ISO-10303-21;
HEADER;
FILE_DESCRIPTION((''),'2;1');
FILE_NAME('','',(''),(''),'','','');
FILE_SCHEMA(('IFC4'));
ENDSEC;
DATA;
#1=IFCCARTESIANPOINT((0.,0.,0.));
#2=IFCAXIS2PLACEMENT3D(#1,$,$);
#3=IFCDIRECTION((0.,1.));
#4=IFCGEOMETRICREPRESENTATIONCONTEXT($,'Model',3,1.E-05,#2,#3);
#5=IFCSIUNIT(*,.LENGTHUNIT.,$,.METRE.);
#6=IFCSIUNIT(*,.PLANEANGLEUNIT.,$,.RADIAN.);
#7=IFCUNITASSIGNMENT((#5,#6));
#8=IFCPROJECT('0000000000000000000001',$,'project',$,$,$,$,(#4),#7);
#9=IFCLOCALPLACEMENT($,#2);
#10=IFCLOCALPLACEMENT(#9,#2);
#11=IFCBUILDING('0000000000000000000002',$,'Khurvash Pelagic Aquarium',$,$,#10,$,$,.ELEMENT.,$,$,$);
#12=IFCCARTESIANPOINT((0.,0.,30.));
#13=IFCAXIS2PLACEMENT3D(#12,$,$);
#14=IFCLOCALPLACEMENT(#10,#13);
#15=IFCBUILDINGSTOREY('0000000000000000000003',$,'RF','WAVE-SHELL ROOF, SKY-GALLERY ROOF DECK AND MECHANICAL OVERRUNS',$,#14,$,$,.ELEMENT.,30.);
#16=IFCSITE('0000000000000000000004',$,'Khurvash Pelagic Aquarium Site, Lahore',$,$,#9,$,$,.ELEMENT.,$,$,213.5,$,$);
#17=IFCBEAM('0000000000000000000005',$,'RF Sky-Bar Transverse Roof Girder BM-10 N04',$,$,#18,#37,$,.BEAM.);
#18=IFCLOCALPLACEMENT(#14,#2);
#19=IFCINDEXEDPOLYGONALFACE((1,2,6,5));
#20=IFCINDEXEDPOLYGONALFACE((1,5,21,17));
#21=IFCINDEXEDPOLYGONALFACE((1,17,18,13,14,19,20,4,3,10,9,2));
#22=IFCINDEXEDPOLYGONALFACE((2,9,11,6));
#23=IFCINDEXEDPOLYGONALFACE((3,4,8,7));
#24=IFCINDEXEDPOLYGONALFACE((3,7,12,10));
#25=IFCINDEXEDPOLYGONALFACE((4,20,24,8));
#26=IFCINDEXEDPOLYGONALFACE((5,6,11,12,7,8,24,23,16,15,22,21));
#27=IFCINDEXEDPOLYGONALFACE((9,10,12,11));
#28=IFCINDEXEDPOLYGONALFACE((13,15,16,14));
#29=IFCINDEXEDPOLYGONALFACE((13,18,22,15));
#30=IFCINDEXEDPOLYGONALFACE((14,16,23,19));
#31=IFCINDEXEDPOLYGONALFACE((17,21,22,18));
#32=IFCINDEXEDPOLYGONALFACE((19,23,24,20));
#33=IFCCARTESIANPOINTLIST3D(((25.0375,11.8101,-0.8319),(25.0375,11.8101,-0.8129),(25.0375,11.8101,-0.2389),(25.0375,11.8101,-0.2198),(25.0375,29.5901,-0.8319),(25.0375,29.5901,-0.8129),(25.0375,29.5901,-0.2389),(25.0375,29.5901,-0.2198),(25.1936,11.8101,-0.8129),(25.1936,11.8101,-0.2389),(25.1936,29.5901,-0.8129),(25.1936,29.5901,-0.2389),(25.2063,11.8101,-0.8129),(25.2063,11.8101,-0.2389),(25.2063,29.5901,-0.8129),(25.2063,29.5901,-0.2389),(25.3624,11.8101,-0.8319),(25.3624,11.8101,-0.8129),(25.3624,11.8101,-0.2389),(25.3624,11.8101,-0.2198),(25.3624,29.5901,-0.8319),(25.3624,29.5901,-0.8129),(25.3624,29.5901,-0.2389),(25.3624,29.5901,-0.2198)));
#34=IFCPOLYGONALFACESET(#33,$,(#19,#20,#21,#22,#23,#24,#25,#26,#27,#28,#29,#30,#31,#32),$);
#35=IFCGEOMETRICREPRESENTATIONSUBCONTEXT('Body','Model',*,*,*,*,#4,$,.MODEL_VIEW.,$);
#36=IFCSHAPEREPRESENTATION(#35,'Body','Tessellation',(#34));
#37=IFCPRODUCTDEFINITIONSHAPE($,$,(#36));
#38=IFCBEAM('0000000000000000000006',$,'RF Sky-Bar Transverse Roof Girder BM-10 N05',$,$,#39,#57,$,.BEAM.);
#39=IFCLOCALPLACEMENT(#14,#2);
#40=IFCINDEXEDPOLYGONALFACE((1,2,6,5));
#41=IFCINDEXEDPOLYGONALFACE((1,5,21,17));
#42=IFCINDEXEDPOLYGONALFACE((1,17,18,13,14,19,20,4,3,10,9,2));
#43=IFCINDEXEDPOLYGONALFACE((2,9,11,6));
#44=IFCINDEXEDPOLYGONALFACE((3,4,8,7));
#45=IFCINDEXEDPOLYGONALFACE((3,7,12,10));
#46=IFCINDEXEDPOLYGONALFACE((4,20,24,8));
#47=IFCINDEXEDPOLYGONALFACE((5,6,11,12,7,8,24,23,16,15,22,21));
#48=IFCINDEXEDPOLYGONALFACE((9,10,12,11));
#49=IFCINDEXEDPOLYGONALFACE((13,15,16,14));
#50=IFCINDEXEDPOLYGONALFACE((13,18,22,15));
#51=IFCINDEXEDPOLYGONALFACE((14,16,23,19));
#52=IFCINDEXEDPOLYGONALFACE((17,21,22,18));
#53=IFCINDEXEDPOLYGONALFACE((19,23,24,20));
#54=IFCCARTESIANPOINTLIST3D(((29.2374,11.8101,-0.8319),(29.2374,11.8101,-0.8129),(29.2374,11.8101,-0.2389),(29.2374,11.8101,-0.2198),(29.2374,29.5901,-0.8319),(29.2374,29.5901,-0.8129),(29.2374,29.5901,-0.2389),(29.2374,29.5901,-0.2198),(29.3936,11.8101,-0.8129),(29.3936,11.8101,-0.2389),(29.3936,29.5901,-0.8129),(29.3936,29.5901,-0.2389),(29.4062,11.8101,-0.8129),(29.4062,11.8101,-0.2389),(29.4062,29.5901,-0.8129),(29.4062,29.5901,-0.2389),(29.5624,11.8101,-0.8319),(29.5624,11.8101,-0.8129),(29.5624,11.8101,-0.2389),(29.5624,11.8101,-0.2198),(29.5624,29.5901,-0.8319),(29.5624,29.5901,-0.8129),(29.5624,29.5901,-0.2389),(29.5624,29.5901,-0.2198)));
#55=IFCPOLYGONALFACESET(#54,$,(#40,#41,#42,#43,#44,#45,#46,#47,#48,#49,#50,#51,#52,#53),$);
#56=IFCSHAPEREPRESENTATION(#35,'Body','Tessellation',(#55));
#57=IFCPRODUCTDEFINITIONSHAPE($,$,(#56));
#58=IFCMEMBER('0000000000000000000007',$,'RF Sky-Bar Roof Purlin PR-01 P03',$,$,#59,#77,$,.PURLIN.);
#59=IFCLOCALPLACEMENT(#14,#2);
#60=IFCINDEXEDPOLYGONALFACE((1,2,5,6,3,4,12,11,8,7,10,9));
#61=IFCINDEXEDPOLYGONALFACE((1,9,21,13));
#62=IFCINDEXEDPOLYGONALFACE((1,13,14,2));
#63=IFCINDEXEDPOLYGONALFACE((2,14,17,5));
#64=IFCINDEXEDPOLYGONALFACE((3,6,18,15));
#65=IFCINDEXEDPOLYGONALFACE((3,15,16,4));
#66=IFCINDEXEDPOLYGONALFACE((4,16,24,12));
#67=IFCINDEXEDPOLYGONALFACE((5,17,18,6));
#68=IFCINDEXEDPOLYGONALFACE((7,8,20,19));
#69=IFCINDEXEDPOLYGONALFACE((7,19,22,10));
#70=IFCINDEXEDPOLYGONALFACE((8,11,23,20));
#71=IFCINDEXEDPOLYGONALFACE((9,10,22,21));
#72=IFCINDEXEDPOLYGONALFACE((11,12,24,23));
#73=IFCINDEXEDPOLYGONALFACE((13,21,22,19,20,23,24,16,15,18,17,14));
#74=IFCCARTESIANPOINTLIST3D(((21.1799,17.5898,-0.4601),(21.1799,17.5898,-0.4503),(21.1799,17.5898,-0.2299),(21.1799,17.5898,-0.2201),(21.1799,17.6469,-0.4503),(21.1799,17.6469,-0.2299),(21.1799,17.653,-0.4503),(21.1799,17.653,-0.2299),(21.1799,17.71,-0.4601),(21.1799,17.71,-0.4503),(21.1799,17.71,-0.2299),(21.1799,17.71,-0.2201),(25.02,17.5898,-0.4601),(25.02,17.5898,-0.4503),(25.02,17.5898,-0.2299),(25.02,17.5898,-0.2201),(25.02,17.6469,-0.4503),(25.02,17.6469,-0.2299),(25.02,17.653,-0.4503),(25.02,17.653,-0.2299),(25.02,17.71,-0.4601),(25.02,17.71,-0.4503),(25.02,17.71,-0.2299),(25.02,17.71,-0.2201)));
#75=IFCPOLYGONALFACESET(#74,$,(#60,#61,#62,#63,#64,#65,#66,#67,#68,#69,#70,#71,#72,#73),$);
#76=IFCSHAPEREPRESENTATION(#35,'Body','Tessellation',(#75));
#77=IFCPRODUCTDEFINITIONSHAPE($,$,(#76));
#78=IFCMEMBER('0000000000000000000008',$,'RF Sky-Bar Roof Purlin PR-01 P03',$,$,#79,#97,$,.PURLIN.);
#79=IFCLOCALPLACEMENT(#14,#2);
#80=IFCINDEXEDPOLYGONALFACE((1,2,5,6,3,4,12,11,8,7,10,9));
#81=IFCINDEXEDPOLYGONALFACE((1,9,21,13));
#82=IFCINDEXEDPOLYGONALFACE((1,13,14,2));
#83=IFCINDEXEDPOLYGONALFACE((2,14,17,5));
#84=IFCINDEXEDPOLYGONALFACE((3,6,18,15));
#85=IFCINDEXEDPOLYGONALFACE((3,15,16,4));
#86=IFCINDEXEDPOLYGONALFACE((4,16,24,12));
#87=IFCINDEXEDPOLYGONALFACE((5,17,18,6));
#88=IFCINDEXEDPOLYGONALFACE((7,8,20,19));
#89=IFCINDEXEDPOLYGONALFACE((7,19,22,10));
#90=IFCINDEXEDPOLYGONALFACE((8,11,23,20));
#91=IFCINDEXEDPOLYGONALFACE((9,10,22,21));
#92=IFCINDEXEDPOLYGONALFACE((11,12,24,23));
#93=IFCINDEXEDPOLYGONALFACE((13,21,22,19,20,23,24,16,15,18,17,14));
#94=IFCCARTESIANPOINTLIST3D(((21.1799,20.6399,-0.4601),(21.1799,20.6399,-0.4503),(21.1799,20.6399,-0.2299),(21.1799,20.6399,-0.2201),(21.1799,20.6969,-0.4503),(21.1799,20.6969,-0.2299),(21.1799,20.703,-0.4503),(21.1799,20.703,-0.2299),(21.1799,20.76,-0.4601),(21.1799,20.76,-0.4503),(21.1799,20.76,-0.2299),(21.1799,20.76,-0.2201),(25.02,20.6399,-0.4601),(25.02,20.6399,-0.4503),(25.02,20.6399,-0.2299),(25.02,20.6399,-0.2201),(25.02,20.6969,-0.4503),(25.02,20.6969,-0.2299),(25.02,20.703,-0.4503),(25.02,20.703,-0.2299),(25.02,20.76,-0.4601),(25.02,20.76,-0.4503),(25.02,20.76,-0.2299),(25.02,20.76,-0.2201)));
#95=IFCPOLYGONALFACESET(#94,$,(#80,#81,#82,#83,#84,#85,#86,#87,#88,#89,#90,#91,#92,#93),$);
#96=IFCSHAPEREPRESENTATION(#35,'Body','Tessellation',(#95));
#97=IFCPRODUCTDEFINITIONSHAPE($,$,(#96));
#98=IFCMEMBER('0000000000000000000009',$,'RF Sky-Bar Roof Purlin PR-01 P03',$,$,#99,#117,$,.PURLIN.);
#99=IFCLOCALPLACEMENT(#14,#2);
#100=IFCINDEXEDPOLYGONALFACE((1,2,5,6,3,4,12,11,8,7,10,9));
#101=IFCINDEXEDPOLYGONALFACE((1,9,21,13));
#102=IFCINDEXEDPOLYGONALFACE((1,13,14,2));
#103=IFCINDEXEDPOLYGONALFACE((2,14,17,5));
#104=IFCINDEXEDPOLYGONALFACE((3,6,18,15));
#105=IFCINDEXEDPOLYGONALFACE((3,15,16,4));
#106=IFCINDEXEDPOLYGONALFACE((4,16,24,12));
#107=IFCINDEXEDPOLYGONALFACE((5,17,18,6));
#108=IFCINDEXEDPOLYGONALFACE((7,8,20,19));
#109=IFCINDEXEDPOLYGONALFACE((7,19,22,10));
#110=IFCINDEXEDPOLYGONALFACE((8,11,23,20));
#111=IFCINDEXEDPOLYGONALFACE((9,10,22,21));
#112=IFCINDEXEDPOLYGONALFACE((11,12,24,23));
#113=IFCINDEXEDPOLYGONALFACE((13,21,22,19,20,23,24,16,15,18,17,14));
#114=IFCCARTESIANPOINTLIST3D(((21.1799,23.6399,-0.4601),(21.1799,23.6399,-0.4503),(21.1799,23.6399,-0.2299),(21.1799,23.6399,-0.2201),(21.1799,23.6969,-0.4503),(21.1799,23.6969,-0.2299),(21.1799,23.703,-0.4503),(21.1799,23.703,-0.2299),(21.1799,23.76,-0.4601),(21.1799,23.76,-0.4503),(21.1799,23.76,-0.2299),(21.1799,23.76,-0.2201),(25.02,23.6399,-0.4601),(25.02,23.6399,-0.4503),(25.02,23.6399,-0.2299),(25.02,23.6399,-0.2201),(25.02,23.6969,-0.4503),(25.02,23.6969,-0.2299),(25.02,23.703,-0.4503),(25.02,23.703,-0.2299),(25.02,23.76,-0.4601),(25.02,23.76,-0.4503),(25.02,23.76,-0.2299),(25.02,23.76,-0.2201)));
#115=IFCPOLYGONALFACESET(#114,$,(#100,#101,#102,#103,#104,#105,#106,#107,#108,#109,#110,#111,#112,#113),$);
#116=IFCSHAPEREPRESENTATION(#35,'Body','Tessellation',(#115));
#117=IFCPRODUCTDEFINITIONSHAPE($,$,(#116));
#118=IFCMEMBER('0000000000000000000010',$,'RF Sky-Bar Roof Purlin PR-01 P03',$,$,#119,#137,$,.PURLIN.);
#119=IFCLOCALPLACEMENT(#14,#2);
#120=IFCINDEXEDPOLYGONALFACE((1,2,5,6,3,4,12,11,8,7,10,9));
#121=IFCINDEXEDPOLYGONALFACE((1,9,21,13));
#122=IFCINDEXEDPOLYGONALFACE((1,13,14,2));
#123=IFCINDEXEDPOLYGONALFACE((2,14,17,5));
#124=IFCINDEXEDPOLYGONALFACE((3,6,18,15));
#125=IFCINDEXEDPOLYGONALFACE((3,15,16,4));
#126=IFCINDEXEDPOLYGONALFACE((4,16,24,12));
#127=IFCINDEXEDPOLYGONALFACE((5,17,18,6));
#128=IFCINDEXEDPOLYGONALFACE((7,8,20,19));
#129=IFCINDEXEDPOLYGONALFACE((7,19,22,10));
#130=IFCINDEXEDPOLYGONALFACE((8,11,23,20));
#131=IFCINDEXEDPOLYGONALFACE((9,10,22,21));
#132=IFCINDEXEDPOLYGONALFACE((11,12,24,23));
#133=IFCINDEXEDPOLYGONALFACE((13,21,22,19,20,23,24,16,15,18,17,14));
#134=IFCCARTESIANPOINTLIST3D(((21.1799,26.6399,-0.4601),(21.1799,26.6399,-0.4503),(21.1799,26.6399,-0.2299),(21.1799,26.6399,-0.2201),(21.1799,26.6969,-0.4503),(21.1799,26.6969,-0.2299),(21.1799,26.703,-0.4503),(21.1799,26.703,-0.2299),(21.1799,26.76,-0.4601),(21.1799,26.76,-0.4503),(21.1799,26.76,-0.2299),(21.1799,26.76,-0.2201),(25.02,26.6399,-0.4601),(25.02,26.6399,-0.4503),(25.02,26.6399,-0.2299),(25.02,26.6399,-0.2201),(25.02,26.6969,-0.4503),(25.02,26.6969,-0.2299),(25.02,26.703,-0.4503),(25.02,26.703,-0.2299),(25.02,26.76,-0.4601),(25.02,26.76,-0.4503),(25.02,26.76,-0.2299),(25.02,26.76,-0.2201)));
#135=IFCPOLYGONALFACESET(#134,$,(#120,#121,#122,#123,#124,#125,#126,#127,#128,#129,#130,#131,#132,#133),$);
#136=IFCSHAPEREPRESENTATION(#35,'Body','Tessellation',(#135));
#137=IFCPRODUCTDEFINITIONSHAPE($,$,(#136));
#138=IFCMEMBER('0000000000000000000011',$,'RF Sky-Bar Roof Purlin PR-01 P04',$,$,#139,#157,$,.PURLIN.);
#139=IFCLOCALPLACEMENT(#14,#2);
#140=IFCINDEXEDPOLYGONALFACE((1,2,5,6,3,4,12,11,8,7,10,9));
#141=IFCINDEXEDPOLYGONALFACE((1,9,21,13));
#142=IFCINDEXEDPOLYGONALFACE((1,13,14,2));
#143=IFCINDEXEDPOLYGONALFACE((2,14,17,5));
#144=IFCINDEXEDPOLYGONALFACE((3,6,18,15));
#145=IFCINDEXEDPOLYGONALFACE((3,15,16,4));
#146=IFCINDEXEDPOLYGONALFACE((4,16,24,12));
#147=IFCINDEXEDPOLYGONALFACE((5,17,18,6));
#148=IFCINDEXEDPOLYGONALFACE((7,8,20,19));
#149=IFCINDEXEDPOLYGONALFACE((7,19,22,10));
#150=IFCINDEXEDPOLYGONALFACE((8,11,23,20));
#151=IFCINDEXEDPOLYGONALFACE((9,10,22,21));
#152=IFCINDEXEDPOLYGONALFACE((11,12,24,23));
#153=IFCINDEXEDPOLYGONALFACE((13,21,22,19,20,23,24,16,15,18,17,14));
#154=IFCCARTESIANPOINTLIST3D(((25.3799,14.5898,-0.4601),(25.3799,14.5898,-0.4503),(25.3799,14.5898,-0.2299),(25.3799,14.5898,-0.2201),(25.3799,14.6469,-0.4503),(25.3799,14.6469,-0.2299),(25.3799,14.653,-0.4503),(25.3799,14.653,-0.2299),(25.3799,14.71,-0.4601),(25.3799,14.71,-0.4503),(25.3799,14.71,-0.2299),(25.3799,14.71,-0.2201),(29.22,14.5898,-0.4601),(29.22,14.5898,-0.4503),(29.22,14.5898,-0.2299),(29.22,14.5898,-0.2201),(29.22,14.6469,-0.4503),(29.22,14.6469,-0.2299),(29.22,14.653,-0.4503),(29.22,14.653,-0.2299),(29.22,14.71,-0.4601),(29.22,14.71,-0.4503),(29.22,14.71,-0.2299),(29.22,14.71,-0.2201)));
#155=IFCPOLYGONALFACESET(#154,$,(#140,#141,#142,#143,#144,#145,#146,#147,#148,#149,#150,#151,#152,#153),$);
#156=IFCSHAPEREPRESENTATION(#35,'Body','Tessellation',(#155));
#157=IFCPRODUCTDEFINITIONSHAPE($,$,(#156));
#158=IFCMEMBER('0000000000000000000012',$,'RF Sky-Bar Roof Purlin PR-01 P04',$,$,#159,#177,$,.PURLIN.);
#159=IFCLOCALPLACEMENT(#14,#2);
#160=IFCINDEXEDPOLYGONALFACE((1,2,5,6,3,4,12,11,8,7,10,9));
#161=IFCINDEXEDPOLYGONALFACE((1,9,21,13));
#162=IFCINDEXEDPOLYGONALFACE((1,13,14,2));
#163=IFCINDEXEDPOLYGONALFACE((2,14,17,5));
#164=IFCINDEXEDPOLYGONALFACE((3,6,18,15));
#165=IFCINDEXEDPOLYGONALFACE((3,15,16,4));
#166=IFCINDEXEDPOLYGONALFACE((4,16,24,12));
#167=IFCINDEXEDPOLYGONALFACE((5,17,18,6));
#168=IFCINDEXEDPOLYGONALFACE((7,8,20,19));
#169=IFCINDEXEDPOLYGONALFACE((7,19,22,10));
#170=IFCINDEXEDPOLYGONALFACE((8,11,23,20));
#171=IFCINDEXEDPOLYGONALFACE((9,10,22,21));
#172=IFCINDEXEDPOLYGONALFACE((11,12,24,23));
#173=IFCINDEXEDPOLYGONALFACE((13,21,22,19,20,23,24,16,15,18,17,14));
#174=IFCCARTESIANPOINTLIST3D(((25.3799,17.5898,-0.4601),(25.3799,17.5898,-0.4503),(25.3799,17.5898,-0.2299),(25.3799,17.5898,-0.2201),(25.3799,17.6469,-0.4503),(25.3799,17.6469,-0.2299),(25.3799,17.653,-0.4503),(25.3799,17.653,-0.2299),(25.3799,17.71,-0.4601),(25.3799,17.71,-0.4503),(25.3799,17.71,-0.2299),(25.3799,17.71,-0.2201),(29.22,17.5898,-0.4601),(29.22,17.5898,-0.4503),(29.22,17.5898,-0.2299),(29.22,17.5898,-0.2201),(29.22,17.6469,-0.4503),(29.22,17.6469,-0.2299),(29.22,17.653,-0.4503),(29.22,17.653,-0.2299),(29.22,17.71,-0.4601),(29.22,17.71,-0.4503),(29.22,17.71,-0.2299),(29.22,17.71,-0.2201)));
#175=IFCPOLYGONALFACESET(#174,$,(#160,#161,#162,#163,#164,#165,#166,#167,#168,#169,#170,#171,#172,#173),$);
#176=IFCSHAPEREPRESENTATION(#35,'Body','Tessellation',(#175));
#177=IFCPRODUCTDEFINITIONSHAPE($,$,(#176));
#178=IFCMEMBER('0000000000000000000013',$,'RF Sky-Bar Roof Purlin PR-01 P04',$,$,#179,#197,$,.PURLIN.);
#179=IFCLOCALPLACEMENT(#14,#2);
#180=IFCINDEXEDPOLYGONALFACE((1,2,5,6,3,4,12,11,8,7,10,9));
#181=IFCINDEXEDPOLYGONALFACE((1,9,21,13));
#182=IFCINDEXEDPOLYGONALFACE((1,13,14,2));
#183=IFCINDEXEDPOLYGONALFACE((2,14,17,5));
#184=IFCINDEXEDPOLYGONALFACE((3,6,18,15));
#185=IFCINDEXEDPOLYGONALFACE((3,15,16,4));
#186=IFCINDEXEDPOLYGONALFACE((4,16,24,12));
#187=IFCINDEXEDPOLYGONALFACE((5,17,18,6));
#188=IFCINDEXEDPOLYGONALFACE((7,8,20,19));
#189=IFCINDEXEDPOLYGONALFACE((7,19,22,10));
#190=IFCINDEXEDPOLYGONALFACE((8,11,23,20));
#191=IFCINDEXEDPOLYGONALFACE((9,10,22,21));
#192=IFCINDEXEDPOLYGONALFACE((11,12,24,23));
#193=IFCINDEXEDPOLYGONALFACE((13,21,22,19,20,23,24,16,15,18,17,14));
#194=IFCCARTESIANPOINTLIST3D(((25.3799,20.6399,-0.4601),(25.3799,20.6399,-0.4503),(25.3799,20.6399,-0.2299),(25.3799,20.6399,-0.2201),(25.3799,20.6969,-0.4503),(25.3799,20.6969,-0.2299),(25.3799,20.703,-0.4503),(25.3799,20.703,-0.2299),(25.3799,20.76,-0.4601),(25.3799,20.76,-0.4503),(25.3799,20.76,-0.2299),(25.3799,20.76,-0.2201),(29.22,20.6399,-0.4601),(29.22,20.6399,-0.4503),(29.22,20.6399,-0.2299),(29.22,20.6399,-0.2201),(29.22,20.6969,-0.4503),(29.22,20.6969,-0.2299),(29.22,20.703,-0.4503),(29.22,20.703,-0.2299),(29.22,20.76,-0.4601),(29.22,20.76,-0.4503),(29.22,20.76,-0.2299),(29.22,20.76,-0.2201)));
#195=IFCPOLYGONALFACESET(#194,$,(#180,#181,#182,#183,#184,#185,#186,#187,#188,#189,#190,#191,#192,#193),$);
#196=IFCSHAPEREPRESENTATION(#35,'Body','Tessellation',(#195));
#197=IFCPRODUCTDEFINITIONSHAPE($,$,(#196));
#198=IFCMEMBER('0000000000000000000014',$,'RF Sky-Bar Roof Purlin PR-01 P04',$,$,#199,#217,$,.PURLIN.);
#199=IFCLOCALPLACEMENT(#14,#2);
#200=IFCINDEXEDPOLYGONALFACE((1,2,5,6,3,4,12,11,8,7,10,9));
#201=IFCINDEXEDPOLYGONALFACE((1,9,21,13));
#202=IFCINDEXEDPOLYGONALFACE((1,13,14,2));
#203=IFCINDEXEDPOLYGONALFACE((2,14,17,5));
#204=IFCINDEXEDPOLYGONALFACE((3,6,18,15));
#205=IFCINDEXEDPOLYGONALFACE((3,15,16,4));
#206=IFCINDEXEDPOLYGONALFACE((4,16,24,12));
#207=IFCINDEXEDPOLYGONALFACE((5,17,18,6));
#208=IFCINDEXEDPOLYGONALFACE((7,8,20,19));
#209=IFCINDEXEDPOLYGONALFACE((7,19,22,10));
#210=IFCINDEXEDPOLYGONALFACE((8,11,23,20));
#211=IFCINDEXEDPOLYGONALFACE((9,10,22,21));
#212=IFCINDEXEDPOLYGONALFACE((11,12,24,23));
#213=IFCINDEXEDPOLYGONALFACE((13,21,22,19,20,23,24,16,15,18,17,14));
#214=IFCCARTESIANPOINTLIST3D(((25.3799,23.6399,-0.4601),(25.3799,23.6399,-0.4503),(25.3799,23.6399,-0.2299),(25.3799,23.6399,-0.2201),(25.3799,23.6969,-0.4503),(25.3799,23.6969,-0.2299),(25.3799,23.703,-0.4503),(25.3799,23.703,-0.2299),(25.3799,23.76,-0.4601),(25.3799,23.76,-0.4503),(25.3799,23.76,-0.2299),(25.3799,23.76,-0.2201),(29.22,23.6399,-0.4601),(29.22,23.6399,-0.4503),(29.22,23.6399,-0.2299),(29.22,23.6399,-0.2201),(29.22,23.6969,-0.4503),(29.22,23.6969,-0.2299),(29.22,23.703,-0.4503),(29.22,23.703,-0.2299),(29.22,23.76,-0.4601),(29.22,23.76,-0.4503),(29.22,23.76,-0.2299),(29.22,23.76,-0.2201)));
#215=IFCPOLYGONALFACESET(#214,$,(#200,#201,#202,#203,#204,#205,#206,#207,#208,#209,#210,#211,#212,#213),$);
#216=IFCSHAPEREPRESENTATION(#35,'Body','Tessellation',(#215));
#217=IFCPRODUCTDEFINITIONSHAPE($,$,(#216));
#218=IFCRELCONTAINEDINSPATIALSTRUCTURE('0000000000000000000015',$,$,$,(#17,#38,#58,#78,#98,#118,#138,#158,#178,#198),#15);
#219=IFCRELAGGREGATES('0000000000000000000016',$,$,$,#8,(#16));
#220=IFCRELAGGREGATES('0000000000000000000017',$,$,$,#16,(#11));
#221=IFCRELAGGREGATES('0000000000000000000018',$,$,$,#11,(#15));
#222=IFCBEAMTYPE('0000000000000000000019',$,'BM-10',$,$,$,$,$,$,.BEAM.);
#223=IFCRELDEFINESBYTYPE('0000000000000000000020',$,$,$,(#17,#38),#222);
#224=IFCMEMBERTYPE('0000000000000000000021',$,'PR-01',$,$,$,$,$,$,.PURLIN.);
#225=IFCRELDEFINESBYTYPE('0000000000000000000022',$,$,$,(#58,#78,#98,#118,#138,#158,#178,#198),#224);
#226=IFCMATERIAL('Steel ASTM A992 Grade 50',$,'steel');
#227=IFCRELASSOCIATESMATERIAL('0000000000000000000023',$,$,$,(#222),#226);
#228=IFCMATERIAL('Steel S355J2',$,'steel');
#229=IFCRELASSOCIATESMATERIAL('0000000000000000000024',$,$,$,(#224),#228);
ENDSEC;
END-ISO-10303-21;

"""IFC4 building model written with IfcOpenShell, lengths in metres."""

from ifc_helpers import new_model, si_unit, direction, frame, origin, origin_2d, place, context, subcontext, project, spatial, i_section, extrude, material, material_profile, profile_set, type_object, element, save


model = new_model("IFC4")

# Units and contexts
model_context = context("Model", 3, precision=1e-05, world=origin(), true_north=direction((0.0, 1.0)))
body_context = subcontext(model_context, "Body", "Model", "MODEL_VIEW")
ifc_project = project(units=[si_unit("LENGTHUNIT", "METRE"), si_unit("PLANEANGLEUNIT", "RADIAN")], contexts=[model_context])

# Site, building, storey
site_placement = place(None, origin())
site = spatial("IfcSite", under=ifc_project, at=site_placement, Name="Khurvash Pelagic Aquarium Site, Lahore", CompositionType="ELEMENT", RefElevation=213.5)
building_placement = place(site_placement, origin())
building = spatial("IfcBuilding", under=site, at=building_placement, Name="Khurvash Pelagic Aquarium", CompositionType="ELEMENT")
storey_placement = place(building_placement, frame((0.0, 0.0, 30.0)))
storey = spatial("IfcBuildingStorey", under=building, at=storey_placement, Name="RF", Description="WAVE-SHELL ROOF, SKY-GALLERY ROOF DECK AND MECHANICAL OVERRUNS", CompositionType="ELEMENT", Elevation=30.0)

# Beams
ifc_material_1 = material(Name="Steel ASTM A992 Grade 50", Category="steel")
ifc_material_profile_1 = material_profile(ifc_material_1, i_section(OverallWidth=0.325, OverallDepth=0.6121, WebThickness=0.0127, FlangeThickness=0.019, at=origin_2d()), Name="W24X104")
ifc_profile_set_1 = profile_set([ifc_material_profile_1], Name="Steel ASTM A992 Grade 50")
beam_type = type_object("IfcBeamType", Name="BM-10", PredefinedType="BEAM", material=ifc_profile_set_1)
for number, where, z_axis, x_axis, name in (
    (1, (25.2, 11.8101, -0.5259), (0.0, 1.0, 0.0), (-1.0, 0.0, 0.0), "RF Sky-Bar Transverse Roof Girder BM-10 N04"),
    (2, (29.3999, 11.8101, -0.5259), (0.0, 1.0, 0.0), (-1.0, 0.0, 0.0), "RF Sky-Bar Transverse Roof Girder BM-10 N05"),
):
    element("IfcBeam", number, at=place(storey_placement, frame(where, z_axis=z_axis, x_axis=x_axis)), inside=storey, type_object=beam_type, Name=name, PredefinedType="BEAM", context=body_context, shape_type="SweptSolid", body=[
        extrude(i_section(OverallWidth=0.325, OverallDepth=0.6121, WebThickness=0.0127, FlangeThickness=0.019, at=origin_2d()), origin(), (0.0, 0.0, 1.0), 17.78),
    ])

# Members
ifc_material_2 = material(Name="Steel S355J2", Category="steel")
ifc_material_profile_2 = material_profile(ifc_material_2, i_section(OverallWidth=0.1201, OverallDepth=0.24, WebThickness=0.0061, FlangeThickness=0.0098, at=origin_2d()), Name="IPE240")
ifc_profile_set_2 = profile_set([ifc_material_profile_2], Name="Steel S355J2")
member_type = type_object("IfcMemberType", Name="PR-01", PredefinedType="PURLIN", material=ifc_profile_set_2)
for number, where, z_axis, x_axis, name in (
    (3, (21.1799, 17.6499, -0.3401), (1.0, 0.0, 0.0), (0.0, 1.0, 0.0), "RF Sky-Bar Roof Purlin PR-01 P03"),
    (4, (21.1799, 20.7, -0.3401), (1.0, 0.0, 0.0), (0.0, 1.0, 0.0), "RF Sky-Bar Roof Purlin PR-01 P03"),
    (5, (21.1799, 23.7, -0.3401), (1.0, 0.0, 0.0), (0.0, 1.0, 0.0), "RF Sky-Bar Roof Purlin PR-01 P03"),
    (6, (21.1799, 26.7, -0.3401), (1.0, 0.0, 0.0), (0.0, 1.0, 0.0), "RF Sky-Bar Roof Purlin PR-01 P03"),
    (7, (25.3799, 14.6499, -0.3401), (1.0, 0.0, 0.0), (0.0, 1.0, 0.0), "RF Sky-Bar Roof Purlin PR-01 P04"),
    (8, (25.3799, 17.6499, -0.3401), (1.0, 0.0, 0.0), (0.0, 1.0, 0.0), "RF Sky-Bar Roof Purlin PR-01 P04"),
    (9, (25.3799, 20.7, -0.3401), (1.0, 0.0, 0.0), (0.0, 1.0, 0.0), "RF Sky-Bar Roof Purlin PR-01 P04"),
    (10, (25.3799, 23.7, -0.3401), (1.0, 0.0, 0.0), (0.0, 1.0, 0.0), "RF Sky-Bar Roof Purlin PR-01 P04"),
):
    element("IfcMember", number, at=place(storey_placement, frame(where, z_axis=z_axis, x_axis=x_axis)), inside=storey, type_object=member_type, Name=name, PredefinedType="PURLIN", context=body_context, shape_type="SweptSolid", body=[
        extrude(i_section(OverallWidth=0.1201, OverallDepth=0.24, WebThickness=0.0061, FlangeThickness=0.0098, at=origin_2d()), origin(), (0.0, 0.0, 1.0), 3.8401),
    ])

save(model, "model.ifc")
